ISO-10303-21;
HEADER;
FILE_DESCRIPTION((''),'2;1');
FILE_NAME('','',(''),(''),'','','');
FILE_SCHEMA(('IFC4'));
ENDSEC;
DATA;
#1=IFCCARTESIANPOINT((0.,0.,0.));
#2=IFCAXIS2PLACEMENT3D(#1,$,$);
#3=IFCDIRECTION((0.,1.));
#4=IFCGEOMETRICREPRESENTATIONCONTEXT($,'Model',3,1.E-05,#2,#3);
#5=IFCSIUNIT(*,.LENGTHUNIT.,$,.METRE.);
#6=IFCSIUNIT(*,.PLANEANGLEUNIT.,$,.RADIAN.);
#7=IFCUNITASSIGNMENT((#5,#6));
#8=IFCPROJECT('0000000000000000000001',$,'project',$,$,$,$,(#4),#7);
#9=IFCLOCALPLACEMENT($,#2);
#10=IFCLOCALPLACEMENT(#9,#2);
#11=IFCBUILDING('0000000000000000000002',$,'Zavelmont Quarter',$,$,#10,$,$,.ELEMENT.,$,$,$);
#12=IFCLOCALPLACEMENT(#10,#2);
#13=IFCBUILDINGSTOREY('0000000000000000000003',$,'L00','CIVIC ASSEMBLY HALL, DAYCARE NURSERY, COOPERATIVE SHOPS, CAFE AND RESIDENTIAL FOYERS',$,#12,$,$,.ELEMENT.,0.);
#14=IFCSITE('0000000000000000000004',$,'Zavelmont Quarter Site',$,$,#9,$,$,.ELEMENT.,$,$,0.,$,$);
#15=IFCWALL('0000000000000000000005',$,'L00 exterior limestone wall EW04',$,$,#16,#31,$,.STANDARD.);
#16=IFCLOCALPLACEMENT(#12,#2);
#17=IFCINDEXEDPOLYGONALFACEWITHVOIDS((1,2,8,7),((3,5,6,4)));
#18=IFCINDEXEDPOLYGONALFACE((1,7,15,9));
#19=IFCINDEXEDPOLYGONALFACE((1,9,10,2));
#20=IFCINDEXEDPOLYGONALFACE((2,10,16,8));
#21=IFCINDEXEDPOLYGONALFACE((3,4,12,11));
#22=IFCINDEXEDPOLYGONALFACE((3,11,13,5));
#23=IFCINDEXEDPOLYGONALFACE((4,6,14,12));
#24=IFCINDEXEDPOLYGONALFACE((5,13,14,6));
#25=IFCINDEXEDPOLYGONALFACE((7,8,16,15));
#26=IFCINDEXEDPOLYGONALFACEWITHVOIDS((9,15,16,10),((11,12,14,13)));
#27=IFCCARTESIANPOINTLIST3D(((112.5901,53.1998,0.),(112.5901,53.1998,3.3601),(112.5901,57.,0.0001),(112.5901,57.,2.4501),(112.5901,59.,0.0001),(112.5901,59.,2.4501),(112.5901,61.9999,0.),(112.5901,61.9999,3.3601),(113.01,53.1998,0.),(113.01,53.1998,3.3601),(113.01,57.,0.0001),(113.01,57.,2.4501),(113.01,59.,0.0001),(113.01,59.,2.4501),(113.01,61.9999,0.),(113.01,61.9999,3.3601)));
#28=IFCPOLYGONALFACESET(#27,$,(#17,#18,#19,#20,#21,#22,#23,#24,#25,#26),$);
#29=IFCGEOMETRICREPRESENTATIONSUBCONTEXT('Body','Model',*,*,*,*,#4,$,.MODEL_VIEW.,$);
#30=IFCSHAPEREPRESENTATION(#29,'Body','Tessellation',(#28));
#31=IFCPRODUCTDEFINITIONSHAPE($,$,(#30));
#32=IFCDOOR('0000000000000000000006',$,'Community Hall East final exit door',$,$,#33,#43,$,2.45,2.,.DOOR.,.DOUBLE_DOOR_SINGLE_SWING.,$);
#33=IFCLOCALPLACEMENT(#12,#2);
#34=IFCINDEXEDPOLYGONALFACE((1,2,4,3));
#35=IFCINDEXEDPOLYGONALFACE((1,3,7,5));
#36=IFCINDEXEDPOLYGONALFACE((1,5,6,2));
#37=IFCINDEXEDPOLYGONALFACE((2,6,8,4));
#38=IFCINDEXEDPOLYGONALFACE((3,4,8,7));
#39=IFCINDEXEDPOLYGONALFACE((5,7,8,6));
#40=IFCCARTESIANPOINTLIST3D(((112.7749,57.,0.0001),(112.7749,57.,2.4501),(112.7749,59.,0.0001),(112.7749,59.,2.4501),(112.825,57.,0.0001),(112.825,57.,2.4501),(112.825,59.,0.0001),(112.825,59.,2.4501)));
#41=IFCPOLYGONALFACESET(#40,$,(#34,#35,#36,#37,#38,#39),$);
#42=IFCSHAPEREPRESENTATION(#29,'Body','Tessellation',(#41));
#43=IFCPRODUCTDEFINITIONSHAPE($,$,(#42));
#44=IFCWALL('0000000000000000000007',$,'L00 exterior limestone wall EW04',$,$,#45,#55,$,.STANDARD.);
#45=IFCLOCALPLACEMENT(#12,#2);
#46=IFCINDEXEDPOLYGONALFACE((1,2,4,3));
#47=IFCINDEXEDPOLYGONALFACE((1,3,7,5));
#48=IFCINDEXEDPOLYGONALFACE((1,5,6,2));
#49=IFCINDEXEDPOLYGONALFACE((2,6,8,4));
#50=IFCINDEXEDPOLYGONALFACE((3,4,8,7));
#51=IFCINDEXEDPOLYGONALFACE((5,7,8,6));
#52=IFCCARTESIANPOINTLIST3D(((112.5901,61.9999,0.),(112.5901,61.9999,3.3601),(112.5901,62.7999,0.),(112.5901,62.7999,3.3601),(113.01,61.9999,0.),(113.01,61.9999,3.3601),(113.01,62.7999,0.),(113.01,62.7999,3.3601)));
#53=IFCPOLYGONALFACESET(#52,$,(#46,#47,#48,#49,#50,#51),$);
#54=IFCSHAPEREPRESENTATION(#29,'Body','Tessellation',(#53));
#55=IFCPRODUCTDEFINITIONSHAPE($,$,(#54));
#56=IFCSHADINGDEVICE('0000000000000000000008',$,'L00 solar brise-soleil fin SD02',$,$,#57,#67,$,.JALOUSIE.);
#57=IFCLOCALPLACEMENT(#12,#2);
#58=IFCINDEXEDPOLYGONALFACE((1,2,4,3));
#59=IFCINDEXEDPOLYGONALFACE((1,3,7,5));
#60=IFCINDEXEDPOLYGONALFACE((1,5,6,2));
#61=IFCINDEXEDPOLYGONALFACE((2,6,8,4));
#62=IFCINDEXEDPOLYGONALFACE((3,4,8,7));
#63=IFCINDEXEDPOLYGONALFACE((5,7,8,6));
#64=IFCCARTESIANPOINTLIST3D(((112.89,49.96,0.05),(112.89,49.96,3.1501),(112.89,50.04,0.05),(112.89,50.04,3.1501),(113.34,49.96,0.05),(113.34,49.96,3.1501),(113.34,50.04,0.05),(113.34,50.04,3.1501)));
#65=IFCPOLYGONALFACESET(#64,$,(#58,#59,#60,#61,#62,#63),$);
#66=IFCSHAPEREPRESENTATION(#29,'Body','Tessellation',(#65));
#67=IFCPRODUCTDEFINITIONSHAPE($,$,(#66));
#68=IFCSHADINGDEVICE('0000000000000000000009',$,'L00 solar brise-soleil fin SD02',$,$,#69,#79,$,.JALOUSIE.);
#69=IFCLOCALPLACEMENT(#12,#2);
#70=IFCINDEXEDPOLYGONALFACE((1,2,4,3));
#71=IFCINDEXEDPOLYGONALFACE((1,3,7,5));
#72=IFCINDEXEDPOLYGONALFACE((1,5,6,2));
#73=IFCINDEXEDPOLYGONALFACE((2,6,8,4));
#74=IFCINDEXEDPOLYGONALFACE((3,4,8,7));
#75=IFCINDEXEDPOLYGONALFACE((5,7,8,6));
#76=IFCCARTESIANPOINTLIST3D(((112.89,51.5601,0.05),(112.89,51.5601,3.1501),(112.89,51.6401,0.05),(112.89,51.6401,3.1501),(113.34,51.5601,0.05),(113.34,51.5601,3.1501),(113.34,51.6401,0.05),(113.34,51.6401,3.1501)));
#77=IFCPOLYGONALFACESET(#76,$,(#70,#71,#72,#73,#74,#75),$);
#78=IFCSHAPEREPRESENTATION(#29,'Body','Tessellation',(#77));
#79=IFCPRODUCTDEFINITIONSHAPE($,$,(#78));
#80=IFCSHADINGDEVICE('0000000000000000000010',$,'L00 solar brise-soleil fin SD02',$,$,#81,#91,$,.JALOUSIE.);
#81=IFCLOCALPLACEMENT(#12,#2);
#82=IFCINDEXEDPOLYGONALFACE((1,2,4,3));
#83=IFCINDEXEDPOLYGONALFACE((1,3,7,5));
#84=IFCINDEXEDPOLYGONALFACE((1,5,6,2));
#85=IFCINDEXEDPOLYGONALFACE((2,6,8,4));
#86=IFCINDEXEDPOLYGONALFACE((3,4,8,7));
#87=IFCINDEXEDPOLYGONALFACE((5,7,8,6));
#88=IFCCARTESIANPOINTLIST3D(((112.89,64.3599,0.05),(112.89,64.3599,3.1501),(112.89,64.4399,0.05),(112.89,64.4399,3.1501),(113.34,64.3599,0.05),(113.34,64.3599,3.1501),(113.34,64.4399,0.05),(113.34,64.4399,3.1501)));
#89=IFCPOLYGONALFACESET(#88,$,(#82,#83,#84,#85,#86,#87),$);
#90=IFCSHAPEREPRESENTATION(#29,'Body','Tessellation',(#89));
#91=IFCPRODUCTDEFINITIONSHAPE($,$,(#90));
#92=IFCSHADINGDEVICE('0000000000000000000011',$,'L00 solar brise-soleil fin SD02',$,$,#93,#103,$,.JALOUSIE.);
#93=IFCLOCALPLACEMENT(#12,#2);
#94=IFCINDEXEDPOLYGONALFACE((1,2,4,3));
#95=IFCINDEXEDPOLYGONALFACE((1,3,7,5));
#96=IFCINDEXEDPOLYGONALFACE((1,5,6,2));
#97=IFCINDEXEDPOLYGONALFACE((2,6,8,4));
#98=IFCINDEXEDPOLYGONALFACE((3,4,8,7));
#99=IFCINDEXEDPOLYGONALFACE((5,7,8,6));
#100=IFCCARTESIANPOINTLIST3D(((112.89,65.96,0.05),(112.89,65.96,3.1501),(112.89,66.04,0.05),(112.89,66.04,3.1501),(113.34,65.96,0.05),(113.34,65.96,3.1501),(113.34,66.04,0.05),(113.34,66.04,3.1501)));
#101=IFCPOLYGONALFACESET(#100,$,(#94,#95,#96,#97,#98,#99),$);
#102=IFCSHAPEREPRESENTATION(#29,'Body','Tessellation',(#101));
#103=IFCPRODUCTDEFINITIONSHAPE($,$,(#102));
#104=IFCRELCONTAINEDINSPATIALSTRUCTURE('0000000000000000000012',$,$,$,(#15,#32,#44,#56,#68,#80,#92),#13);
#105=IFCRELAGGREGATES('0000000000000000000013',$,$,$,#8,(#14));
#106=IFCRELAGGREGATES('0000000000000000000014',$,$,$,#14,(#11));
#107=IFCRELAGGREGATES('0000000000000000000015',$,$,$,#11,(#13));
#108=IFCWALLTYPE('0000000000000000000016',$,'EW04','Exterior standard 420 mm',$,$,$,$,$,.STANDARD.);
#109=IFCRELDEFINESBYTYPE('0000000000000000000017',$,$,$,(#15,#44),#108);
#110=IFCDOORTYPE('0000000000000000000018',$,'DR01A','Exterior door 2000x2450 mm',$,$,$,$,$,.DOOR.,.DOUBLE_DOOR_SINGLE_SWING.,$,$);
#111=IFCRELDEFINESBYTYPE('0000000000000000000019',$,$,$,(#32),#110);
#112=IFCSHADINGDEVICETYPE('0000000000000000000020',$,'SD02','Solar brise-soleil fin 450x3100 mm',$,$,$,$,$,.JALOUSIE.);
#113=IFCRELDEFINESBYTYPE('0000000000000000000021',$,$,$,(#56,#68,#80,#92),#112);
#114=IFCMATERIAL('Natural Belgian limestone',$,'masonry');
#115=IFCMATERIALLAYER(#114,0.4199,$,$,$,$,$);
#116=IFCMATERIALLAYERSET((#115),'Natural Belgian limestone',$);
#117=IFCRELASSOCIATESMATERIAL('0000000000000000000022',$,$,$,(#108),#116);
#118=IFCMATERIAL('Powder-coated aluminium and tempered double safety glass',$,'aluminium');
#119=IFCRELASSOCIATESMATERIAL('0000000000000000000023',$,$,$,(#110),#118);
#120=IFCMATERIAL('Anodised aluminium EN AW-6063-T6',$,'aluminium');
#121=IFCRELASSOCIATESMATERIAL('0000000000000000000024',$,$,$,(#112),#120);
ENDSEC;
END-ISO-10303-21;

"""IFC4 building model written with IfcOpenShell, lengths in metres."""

from ifc_helpers import new_model, si_unit, direction, frame, frame_2d, origin, origin_2d, place, context, subcontext, project, spatial, rectangle, extrude, material, layer, layer_set, type_object, element, fill, save


model = new_model("IFC4")

# Units and contexts
model_context = context("Model", 3, precision=1e-05, world=origin(), true_north=direction((0.0, 1.0)))
body_context = subcontext(model_context, "Body", "Model", "MODEL_VIEW")
ifc_project = project(units=[si_unit("LENGTHUNIT", "METRE"), si_unit("PLANEANGLEUNIT", "RADIAN")], contexts=[model_context])

# Site, building, storey
site_placement = place(None, origin())
site = spatial("IfcSite", under=ifc_project, at=site_placement, Name="Zavelmont Quarter Site", CompositionType="ELEMENT", RefElevation=0.0)
building_placement = place(site_placement, origin())
building = spatial("IfcBuilding", under=site, at=building_placement, Name="Zavelmont Quarter", CompositionType="ELEMENT")
storey_placement = place(building_placement, origin())
storey = spatial("IfcBuildingStorey", under=building, at=storey_placement, Name="L00", Description="CIVIC ASSEMBLY HALL, DAYCARE NURSERY, COOPERATIVE SHOPS, CAFE AND RESIDENTIAL FOYERS", CompositionType="ELEMENT", Elevation=0.0)

# Wall, opening, door
ifc_material_1 = material(Name="Natural Belgian limestone", Category="masonry")
ifc_layer_1 = layer(ifc_material_1, 0.4199)
ifc_layer_set_1 = layer_set([ifc_layer_1], Name="Natural Belgian limestone")
wall_type = type_object("IfcWallType", Name="EW04", Description="Exterior standard 420 mm", PredefinedType="STANDARD", material=ifc_layer_set_1)
wall_1_placement = place(storey_placement, frame((112.8, 53.2, 0.0), z_axis=(0.0, 0.0, 1.0), x_axis=(0.0, 1.0, 0.0)))
wall_1 = element("IfcWall", 1, at=wall_1_placement, inside=storey, type_object=wall_type, Name="L00 exterior limestone wall EW04", PredefinedType="STANDARD", context=body_context, shape_type="SweptSolid", body=[
    extrude(rectangle(XDim=8.8, YDim=0.4199, at=frame_2d((4.3999, 0.0))), origin(), (0.0, 0.0, 1.0), 3.3601),
])
opening_placement = place(wall_1_placement, frame((3.8, 0.0, 0.0)))
opening = element("IfcOpeningElement", 2, at=opening_placement, cuts=wall_1, PredefinedType="OPENING", context=body_context, shape_type="SweptSolid", body=[
    extrude(rectangle(XDim=2.0, YDim=2.45, at=frame_2d((1.0, 1.2251))), frame((0.0, 0.2219, 0.0), z_axis=(0.0, -1.0, 0.0), x_axis=(1.0, 0.0, 0.0)), (0.0, 0.0, 1.0), 0.4438),
])
ifc_material_2 = material(Name="Powder-coated aluminium and tempered double safety glass", Category="aluminium")
door_type = type_object("IfcDoorType", Name="DR01A", Description="Exterior door 2000x2450 mm", OperationType="DOUBLE_DOOR_SINGLE_SWING", PredefinedType="DOOR", material=ifc_material_2)
door_placement = place(opening_placement, frame((2.0, 0.0, 0.0), z_axis=(0.0, 0.0, 1.0), x_axis=(-1.0, 0.0, 0.0)))
door = element("IfcDoor", 3, at=door_placement, inside=storey, type_object=door_type, Name="Community Hall East final exit door", OperationType="DOUBLE_DOOR_SINGLE_SWING", OverallHeight=2.45, OverallWidth=2.0, PredefinedType="DOOR", context=body_context, shape_type="SweptSolid", body=[
    extrude(rectangle(XDim=2.0, YDim=2.45, at=frame_2d((1.0, 1.2251))), frame((0.0, 0.0249, 0.0), z_axis=(0.0, -1.0, 0.0), x_axis=(1.0, 0.0, 0.0)), (0.0, 0.0, 1.0), 0.05),
])
fill(opening, door)

# Wall
wall_2_placement = place(storey_placement, frame((112.8, 62.0, 0.0), z_axis=(0.0, 0.0, 1.0), x_axis=(0.0, 1.0, 0.0)))
element("IfcWall", 4, at=wall_2_placement, inside=storey, type_object=wall_type, Name="L00 exterior limestone wall EW04", PredefinedType="STANDARD", context=body_context, shape_type="SweptSolid", body=[
    extrude(rectangle(XDim=0.8, YDim=0.4199, at=frame_2d((0.3999, 0.0))), origin(), (0.0, 0.0, 1.0), 3.3601),
])

# Shading devices
ifc_material_3 = material(Name="Anodised aluminium EN AW-6063-T6", Category="aluminium")
shading_device_type = type_object("IfcShadingDeviceType", Name="SD02", Description="Solar brise-soleil fin 450x3100 mm", PredefinedType="JALOUSIE", material=ifc_material_3)
for number, where, z_axis, x_axis, name in (
    (5, (113.115, 50.0, 0.05), (0.0, 0.0, 1.0), (0.0, 1.0, 0.0), "L00 solar brise-soleil fin SD02"),
    (6, (113.115, 51.6001, 0.05), (0.0, 0.0, 1.0), (0.0, 1.0, 0.0), "L00 solar brise-soleil fin SD02"),
    (7, (113.115, 64.3999, 0.05), (0.0, 0.0, 1.0), (0.0, 1.0, 0.0), "L00 solar brise-soleil fin SD02"),
    (8, (113.115, 66.0, 0.05), (0.0, 0.0, 1.0), (0.0, 1.0, 0.0), "L00 solar brise-soleil fin SD02"),
):
    element("IfcShadingDevice", number, at=place(storey_placement, frame(where, z_axis=z_axis, x_axis=x_axis)), inside=storey, type_object=shading_device_type, Name=name, PredefinedType="JALOUSIE", context=body_context, shape_type="SweptSolid", body=[
        extrude(rectangle(XDim=0.0801, YDim=0.45, at=origin_2d()), origin(), (0.0, 0.0, 1.0), 3.1001),
    ])

save(model, "model.ifc")
